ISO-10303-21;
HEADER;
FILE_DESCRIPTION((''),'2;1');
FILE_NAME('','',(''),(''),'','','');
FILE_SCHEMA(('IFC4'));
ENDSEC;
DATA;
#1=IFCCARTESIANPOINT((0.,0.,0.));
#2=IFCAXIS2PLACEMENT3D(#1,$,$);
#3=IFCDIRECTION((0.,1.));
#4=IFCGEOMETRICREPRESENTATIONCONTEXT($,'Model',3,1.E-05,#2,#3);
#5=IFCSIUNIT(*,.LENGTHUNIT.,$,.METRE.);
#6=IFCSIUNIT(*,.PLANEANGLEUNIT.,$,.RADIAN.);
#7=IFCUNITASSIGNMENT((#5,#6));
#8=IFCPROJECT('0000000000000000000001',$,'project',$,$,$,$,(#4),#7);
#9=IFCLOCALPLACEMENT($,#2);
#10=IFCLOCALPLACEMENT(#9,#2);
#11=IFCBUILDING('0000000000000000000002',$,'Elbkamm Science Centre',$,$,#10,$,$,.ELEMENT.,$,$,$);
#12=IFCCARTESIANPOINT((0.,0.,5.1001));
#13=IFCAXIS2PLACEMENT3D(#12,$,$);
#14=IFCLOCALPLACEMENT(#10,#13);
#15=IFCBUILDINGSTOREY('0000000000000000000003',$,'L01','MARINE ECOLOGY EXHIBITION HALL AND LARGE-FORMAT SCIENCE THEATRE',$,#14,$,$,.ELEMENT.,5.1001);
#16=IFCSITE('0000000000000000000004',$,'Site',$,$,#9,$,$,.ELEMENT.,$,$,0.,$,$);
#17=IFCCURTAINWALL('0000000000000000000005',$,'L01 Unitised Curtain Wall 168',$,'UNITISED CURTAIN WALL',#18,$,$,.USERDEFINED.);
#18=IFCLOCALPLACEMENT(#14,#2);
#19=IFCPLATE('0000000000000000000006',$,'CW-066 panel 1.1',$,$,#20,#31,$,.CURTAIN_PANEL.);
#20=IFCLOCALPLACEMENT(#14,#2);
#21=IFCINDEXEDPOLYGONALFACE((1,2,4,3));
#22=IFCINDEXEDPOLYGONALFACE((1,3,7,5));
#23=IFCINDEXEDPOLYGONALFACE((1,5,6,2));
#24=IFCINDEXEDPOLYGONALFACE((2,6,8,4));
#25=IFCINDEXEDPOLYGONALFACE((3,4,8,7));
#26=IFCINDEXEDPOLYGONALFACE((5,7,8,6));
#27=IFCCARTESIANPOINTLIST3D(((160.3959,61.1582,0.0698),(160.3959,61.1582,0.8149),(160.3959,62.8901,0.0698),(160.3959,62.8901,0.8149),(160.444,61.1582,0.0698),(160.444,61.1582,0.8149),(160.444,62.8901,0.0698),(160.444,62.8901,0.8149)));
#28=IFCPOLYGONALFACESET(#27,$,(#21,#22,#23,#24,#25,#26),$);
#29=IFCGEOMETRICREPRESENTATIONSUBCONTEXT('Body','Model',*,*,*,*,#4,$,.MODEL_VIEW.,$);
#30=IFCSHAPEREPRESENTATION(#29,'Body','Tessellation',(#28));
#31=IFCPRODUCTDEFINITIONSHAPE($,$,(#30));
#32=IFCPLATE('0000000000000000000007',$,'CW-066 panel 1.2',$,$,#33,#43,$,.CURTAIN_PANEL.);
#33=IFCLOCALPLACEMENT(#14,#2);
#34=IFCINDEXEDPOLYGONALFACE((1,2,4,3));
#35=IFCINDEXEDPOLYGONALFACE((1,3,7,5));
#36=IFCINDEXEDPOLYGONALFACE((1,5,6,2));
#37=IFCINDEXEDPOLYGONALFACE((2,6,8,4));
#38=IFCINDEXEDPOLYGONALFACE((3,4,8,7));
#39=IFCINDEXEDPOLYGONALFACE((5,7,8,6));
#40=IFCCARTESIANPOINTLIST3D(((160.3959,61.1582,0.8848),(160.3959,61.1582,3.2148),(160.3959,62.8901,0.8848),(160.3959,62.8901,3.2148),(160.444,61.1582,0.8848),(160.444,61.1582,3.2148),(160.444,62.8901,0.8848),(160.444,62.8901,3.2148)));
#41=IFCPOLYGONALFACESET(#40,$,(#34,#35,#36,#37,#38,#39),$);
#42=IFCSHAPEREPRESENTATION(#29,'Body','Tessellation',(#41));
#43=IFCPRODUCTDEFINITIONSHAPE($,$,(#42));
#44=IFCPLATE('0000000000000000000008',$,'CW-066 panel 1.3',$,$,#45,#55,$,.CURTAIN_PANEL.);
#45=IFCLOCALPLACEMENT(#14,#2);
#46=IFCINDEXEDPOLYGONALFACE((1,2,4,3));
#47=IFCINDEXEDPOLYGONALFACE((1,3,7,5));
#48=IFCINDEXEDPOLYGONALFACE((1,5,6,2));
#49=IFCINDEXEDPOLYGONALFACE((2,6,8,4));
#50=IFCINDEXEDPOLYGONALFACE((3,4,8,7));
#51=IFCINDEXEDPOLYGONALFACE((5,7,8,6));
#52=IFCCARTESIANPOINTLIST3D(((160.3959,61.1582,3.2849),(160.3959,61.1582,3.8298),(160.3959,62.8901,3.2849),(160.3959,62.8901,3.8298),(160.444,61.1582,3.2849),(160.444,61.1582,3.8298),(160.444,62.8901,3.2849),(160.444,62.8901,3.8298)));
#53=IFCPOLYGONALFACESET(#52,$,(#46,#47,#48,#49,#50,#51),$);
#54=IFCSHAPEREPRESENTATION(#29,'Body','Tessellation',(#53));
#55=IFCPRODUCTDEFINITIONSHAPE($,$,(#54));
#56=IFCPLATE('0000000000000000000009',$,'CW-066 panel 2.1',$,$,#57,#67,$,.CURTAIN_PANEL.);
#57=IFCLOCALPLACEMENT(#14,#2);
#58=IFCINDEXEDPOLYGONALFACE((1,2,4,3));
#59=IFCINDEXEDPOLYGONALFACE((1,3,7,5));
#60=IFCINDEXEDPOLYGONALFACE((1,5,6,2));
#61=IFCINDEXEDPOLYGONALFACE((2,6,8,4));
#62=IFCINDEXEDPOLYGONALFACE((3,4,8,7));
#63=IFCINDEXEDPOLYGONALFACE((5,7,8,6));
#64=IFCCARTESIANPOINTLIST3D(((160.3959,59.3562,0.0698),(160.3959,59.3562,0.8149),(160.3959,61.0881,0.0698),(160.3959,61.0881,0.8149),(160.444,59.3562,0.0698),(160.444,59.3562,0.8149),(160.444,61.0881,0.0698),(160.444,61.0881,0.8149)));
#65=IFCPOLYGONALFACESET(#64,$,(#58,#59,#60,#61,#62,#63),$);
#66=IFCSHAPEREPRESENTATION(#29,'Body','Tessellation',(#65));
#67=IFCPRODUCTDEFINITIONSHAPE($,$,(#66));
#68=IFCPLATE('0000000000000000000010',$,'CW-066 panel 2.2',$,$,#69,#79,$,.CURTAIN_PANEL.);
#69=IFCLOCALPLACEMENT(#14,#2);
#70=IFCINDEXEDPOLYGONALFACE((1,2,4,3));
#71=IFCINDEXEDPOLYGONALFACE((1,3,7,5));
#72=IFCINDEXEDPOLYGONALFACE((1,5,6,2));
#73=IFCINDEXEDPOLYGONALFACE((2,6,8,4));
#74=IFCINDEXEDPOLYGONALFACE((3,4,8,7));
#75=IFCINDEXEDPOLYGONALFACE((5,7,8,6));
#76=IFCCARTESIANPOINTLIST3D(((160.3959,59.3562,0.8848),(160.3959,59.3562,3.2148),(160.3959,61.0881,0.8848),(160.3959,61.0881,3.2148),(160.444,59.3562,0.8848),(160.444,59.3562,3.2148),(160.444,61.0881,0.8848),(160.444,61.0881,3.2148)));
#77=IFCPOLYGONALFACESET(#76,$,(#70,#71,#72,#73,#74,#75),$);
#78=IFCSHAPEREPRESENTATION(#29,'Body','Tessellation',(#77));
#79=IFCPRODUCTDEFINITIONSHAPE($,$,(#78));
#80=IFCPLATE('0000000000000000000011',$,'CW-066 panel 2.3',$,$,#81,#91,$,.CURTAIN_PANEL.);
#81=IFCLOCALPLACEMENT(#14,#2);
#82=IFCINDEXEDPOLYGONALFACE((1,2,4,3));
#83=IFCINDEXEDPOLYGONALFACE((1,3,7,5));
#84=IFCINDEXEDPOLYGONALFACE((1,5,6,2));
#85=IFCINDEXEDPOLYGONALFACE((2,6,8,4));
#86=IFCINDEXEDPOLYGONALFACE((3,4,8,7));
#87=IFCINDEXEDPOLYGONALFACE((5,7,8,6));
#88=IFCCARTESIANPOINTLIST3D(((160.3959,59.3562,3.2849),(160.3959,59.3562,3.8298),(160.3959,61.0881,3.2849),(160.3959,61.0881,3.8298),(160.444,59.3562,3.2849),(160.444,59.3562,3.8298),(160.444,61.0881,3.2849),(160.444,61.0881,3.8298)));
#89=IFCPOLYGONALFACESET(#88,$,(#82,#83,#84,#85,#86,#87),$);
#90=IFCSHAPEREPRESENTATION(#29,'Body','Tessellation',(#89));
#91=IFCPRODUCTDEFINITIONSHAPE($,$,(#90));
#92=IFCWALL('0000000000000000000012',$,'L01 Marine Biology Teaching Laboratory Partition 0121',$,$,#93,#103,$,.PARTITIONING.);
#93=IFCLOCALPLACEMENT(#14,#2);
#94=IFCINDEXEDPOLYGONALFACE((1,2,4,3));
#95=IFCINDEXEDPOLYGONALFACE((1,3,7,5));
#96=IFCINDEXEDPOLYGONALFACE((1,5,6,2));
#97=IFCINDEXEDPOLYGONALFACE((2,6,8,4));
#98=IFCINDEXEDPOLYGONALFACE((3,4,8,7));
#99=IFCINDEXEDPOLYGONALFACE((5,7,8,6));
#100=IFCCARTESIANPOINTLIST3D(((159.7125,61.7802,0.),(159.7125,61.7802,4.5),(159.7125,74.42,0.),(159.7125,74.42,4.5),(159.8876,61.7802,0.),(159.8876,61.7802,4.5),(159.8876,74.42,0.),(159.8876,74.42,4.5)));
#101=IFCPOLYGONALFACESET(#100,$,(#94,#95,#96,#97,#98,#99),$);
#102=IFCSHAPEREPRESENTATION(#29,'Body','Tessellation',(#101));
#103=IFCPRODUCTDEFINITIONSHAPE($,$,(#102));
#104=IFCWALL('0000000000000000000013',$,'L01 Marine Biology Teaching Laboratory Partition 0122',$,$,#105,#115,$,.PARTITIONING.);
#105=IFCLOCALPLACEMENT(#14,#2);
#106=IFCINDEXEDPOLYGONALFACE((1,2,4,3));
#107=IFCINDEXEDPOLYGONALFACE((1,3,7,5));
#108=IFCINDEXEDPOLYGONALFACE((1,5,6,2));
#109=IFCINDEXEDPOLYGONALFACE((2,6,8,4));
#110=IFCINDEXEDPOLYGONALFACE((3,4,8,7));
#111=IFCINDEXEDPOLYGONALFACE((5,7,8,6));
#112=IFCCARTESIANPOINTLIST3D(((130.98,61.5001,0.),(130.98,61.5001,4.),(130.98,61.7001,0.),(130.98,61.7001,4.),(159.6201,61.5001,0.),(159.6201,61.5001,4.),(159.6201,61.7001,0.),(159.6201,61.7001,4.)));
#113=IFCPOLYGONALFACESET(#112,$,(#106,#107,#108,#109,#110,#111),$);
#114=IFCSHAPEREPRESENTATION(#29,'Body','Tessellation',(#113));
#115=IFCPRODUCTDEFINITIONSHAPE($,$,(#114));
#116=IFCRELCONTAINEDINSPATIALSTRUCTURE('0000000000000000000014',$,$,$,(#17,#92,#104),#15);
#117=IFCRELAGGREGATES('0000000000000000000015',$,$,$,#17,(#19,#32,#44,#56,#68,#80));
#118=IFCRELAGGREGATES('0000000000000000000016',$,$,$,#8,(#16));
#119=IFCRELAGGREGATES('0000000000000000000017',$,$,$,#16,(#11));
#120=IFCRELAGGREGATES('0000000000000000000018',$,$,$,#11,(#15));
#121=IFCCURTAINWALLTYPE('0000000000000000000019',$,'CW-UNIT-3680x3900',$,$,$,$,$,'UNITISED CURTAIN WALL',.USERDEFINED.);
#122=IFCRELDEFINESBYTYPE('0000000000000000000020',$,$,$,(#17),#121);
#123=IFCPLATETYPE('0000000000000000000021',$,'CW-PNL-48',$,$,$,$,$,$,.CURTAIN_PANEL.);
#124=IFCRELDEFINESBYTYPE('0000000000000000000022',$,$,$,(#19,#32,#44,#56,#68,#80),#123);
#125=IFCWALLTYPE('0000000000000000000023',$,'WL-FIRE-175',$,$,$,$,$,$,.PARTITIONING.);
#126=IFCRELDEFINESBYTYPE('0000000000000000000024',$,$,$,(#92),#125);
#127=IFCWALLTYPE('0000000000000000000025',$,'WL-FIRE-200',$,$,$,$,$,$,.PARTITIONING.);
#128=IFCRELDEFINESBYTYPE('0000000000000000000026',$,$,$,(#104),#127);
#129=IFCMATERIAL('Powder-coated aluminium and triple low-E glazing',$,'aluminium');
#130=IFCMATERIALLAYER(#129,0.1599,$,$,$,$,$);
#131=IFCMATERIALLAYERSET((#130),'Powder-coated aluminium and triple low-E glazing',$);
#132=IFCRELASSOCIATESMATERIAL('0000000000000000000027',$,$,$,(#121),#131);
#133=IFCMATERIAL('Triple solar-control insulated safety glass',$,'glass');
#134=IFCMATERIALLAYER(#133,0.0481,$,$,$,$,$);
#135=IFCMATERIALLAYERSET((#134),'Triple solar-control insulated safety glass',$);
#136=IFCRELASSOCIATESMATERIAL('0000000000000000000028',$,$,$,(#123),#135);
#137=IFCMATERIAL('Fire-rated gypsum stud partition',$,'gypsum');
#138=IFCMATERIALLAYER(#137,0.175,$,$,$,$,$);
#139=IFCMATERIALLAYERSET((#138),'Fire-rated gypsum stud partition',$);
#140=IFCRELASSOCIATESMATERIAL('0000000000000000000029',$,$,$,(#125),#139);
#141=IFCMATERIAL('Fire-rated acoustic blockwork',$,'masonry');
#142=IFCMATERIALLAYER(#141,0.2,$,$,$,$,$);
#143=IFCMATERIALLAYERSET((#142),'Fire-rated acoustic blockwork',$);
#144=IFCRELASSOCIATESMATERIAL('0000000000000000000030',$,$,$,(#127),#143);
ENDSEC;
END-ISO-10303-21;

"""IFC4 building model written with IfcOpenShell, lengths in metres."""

from ifc_helpers import new_model, si_unit, direction, frame, frame_2d, origin, origin_2d, place, context, subcontext, project, spatial, rectangle, extrude, material, layer, layer_set, type_object, element, aggregate, save


model = new_model("IFC4")

# Units and contexts
model_context = context("Model", 3, precision=1e-05, world=origin(), true_north=direction((0.0, 1.0)))
body_context = subcontext(model_context, "Body", "Model", "MODEL_VIEW")
ifc_project = project(units=[si_unit("LENGTHUNIT", "METRE"), si_unit("PLANEANGLEUNIT", "RADIAN")], contexts=[model_context])

# Site, building, storey
site_placement = place(None, origin())
site = spatial("IfcSite", under=ifc_project, at=site_placement, Name="Site", CompositionType="ELEMENT", RefElevation=0.0)
building_placement = place(site_placement, origin())
building = spatial("IfcBuilding", under=site, at=building_placement, Name="Elbkamm Science Centre", CompositionType="ELEMENT")
storey_placement = place(building_placement, frame((0.0, 0.0, 5.1001)))
storey = spatial("IfcBuildingStorey", under=building, at=storey_placement, Name="L01", Description="MARINE ECOLOGY EXHIBITION HALL AND LARGE-FORMAT SCIENCE THEATRE", CompositionType="ELEMENT", Elevation=5.1001)

# Shared definitions
ifc_material_1 = material(Name="Powder-coated aluminium and triple low-E glazing", Category="aluminium")
ifc_layer_1 = layer(ifc_material_1, 0.1599)
ifc_layer_set_1 = layer_set([ifc_layer_1], Name="Powder-coated aluminium and triple low-E glazing")
curtain_wall_type = type_object("IfcCurtainWallType", Name="CW-UNIT-3680x3900", ElementType="UNITISED CURTAIN WALL", PredefinedType="USERDEFINED", material=ifc_layer_set_1)

# Curtain wall
curtain_wall_1_placement = place(storey_placement, origin())
curtain_wall_1 = element("IfcCurtainWall", 1, at=curtain_wall_1_placement, inside=storey, type_object=curtain_wall_type, Name="L01 Unitised Curtain Wall 168", ObjectType="UNITISED CURTAIN WALL", PredefinedType="USERDEFINED")

# Plates
ifc_material_2 = material(Name="Triple solar-control insulated safety glass", Category="glass")
ifc_layer_2 = layer(ifc_material_2, 0.0481)
ifc_layer_set_2 = layer_set([ifc_layer_2], Name="Triple solar-control insulated safety glass")
plate_type = type_object("IfcPlateType", Name="CW-PNL-48", PredefinedType="CURTAIN_PANEL", material=ifc_layer_set_2)
plate_1_placement = place(storey_placement, frame((160.4199, 62.0242, 0.0698), z_axis=(0.0, 0.0, 1.0), x_axis=(0.0, -1.0, 0.0)))
plate_1 = element("IfcPlate", 2, at=plate_1_placement, type_object=plate_type, Name="CW-066 panel 1.1", PredefinedType="CURTAIN_PANEL", context=body_context, shape_type="SweptSolid", body=[
    extrude(rectangle(XDim=1.7319, YDim=0.0481, at=origin_2d()), origin(), (0.0, 0.0, 1.0), 0.7451),
])
plate_2_placement = place(storey_placement, frame((160.4199, 62.0242, 0.8848), z_axis=(0.0, 0.0, 1.0), x_axis=(0.0, -1.0, 0.0)))
plate_2 = element("IfcPlate", 3, at=plate_2_placement, type_object=plate_type, Name="CW-066 panel 1.2", PredefinedType="CURTAIN_PANEL", context=body_context, shape_type="SweptSolid", body=[
    extrude(rectangle(XDim=1.7319, YDim=0.0481, at=origin_2d()), origin(), (0.0, 0.0, 1.0), 2.3301),
])
plate_3_placement = place(storey_placement, frame((160.4199, 62.0242, 3.2849), z_axis=(0.0, 0.0, 1.0), x_axis=(0.0, -1.0, 0.0)))
plate_3 = element("IfcPlate", 4, at=plate_3_placement, type_object=plate_type, Name="CW-066 panel 1.3", PredefinedType="CURTAIN_PANEL", context=body_context, shape_type="SweptSolid", body=[
    extrude(rectangle(XDim=1.7319, YDim=0.0481, at=origin_2d()), origin(), (0.0, 0.0, 1.0), 0.5449),
])
plate_4_placement = place(storey_placement, frame((160.4199, 60.2222, 0.0698), z_axis=(0.0, 0.0, 1.0), x_axis=(0.0, -1.0, 0.0)))
plate_4 = element("IfcPlate", 5, at=plate_4_placement, type_object=plate_type, Name="CW-066 panel 2.1", PredefinedType="CURTAIN_PANEL", context=body_context, shape_type="SweptSolid", body=[
    extrude(rectangle(XDim=1.7319, YDim=0.0481, at=origin_2d()), origin(), (0.0, 0.0, 1.0), 0.7451),
])
plate_5_placement = place(storey_placement, frame((160.4199, 60.2222, 0.8848), z_axis=(0.0, 0.0, 1.0), x_axis=(0.0, -1.0, 0.0)))
plate_5 = element("IfcPlate", 6, at=plate_5_placement, type_object=plate_type, Name="CW-066 panel 2.2", PredefinedType="CURTAIN_PANEL", context=body_context, shape_type="SweptSolid", body=[
    extrude(rectangle(XDim=1.7319, YDim=0.0481, at=origin_2d()), origin(), (0.0, 0.0, 1.0), 2.3301),
])
plate_6_placement = place(storey_placement, frame((160.4199, 60.2222, 3.2849), z_axis=(0.0, 0.0, 1.0), x_axis=(0.0, -1.0, 0.0)))
plate_6 = element("IfcPlate", 7, at=plate_6_placement, type_object=plate_type, Name="CW-066 panel 2.3", PredefinedType="CURTAIN_PANEL", context=body_context, shape_type="SweptSolid", body=[
    extrude(rectangle(XDim=1.7319, YDim=0.0481, at=origin_2d()), origin(), (0.0, 0.0, 1.0), 0.5449),
])
aggregate(curtain_wall_1, [plate_1, plate_2, plate_3, plate_4, plate_5, plate_6])

# Walls
ifc_material_3 = material(Name="Fire-rated gypsum stud partition", Category="gypsum")
ifc_layer_3 = layer(ifc_material_3, 0.175)
ifc_layer_set_3 = layer_set([ifc_layer_3], Name="Fire-rated gypsum stud partition")
wall_type_1 = type_object("IfcWallType", Name="WL-FIRE-175", PredefinedType="PARTITIONING", material=ifc_layer_set_3)
wall_1_placement = place(storey_placement, frame((159.8, 74.4199, 0.0), z_axis=(0.0, 0.0, 1.0), x_axis=(0.0, -1.0, 0.0)))
element("IfcWall", 8, at=wall_1_placement, inside=storey, type_object=wall_type_1, Name="L01 Marine Biology Teaching Laboratory Partition 0121", PredefinedType="PARTITIONING", context=body_context, shape_type="SweptSolid", body=[
    extrude(rectangle(XDim=12.6399, YDim=0.175, at=frame_2d((6.3198, 0.0))), origin(), (0.0, 0.0, 1.0), 4.5),
])
ifc_material_4 = material(Name="Fire-rated acoustic blockwork", Category="masonry")
ifc_layer_4 = layer(ifc_material_4, 0.2)
ifc_layer_set_4 = layer_set([ifc_layer_4], Name="Fire-rated acoustic blockwork")
wall_type_2 = type_object("IfcWallType", Name="WL-FIRE-200", PredefinedType="PARTITIONING", material=ifc_layer_set_4)
wall_2_placement = place(storey_placement, frame((159.6201, 61.6001, 0.0), z_axis=(0.0, 0.0, 1.0), x_axis=(-1.0, 0.0, 0.0)))
element("IfcWall", 9, at=wall_2_placement, inside=storey, type_object=wall_type_2, Name="L01 Marine Biology Teaching Laboratory Partition 0122", PredefinedType="PARTITIONING", context=body_context, shape_type="SweptSolid", body=[
    extrude(rectangle(XDim=28.6401, YDim=0.2, at=frame_2d((14.3201, 0.0))), origin(), (0.0, 0.0, 1.0), 4.0),
])

save(model, "model.ifc")
